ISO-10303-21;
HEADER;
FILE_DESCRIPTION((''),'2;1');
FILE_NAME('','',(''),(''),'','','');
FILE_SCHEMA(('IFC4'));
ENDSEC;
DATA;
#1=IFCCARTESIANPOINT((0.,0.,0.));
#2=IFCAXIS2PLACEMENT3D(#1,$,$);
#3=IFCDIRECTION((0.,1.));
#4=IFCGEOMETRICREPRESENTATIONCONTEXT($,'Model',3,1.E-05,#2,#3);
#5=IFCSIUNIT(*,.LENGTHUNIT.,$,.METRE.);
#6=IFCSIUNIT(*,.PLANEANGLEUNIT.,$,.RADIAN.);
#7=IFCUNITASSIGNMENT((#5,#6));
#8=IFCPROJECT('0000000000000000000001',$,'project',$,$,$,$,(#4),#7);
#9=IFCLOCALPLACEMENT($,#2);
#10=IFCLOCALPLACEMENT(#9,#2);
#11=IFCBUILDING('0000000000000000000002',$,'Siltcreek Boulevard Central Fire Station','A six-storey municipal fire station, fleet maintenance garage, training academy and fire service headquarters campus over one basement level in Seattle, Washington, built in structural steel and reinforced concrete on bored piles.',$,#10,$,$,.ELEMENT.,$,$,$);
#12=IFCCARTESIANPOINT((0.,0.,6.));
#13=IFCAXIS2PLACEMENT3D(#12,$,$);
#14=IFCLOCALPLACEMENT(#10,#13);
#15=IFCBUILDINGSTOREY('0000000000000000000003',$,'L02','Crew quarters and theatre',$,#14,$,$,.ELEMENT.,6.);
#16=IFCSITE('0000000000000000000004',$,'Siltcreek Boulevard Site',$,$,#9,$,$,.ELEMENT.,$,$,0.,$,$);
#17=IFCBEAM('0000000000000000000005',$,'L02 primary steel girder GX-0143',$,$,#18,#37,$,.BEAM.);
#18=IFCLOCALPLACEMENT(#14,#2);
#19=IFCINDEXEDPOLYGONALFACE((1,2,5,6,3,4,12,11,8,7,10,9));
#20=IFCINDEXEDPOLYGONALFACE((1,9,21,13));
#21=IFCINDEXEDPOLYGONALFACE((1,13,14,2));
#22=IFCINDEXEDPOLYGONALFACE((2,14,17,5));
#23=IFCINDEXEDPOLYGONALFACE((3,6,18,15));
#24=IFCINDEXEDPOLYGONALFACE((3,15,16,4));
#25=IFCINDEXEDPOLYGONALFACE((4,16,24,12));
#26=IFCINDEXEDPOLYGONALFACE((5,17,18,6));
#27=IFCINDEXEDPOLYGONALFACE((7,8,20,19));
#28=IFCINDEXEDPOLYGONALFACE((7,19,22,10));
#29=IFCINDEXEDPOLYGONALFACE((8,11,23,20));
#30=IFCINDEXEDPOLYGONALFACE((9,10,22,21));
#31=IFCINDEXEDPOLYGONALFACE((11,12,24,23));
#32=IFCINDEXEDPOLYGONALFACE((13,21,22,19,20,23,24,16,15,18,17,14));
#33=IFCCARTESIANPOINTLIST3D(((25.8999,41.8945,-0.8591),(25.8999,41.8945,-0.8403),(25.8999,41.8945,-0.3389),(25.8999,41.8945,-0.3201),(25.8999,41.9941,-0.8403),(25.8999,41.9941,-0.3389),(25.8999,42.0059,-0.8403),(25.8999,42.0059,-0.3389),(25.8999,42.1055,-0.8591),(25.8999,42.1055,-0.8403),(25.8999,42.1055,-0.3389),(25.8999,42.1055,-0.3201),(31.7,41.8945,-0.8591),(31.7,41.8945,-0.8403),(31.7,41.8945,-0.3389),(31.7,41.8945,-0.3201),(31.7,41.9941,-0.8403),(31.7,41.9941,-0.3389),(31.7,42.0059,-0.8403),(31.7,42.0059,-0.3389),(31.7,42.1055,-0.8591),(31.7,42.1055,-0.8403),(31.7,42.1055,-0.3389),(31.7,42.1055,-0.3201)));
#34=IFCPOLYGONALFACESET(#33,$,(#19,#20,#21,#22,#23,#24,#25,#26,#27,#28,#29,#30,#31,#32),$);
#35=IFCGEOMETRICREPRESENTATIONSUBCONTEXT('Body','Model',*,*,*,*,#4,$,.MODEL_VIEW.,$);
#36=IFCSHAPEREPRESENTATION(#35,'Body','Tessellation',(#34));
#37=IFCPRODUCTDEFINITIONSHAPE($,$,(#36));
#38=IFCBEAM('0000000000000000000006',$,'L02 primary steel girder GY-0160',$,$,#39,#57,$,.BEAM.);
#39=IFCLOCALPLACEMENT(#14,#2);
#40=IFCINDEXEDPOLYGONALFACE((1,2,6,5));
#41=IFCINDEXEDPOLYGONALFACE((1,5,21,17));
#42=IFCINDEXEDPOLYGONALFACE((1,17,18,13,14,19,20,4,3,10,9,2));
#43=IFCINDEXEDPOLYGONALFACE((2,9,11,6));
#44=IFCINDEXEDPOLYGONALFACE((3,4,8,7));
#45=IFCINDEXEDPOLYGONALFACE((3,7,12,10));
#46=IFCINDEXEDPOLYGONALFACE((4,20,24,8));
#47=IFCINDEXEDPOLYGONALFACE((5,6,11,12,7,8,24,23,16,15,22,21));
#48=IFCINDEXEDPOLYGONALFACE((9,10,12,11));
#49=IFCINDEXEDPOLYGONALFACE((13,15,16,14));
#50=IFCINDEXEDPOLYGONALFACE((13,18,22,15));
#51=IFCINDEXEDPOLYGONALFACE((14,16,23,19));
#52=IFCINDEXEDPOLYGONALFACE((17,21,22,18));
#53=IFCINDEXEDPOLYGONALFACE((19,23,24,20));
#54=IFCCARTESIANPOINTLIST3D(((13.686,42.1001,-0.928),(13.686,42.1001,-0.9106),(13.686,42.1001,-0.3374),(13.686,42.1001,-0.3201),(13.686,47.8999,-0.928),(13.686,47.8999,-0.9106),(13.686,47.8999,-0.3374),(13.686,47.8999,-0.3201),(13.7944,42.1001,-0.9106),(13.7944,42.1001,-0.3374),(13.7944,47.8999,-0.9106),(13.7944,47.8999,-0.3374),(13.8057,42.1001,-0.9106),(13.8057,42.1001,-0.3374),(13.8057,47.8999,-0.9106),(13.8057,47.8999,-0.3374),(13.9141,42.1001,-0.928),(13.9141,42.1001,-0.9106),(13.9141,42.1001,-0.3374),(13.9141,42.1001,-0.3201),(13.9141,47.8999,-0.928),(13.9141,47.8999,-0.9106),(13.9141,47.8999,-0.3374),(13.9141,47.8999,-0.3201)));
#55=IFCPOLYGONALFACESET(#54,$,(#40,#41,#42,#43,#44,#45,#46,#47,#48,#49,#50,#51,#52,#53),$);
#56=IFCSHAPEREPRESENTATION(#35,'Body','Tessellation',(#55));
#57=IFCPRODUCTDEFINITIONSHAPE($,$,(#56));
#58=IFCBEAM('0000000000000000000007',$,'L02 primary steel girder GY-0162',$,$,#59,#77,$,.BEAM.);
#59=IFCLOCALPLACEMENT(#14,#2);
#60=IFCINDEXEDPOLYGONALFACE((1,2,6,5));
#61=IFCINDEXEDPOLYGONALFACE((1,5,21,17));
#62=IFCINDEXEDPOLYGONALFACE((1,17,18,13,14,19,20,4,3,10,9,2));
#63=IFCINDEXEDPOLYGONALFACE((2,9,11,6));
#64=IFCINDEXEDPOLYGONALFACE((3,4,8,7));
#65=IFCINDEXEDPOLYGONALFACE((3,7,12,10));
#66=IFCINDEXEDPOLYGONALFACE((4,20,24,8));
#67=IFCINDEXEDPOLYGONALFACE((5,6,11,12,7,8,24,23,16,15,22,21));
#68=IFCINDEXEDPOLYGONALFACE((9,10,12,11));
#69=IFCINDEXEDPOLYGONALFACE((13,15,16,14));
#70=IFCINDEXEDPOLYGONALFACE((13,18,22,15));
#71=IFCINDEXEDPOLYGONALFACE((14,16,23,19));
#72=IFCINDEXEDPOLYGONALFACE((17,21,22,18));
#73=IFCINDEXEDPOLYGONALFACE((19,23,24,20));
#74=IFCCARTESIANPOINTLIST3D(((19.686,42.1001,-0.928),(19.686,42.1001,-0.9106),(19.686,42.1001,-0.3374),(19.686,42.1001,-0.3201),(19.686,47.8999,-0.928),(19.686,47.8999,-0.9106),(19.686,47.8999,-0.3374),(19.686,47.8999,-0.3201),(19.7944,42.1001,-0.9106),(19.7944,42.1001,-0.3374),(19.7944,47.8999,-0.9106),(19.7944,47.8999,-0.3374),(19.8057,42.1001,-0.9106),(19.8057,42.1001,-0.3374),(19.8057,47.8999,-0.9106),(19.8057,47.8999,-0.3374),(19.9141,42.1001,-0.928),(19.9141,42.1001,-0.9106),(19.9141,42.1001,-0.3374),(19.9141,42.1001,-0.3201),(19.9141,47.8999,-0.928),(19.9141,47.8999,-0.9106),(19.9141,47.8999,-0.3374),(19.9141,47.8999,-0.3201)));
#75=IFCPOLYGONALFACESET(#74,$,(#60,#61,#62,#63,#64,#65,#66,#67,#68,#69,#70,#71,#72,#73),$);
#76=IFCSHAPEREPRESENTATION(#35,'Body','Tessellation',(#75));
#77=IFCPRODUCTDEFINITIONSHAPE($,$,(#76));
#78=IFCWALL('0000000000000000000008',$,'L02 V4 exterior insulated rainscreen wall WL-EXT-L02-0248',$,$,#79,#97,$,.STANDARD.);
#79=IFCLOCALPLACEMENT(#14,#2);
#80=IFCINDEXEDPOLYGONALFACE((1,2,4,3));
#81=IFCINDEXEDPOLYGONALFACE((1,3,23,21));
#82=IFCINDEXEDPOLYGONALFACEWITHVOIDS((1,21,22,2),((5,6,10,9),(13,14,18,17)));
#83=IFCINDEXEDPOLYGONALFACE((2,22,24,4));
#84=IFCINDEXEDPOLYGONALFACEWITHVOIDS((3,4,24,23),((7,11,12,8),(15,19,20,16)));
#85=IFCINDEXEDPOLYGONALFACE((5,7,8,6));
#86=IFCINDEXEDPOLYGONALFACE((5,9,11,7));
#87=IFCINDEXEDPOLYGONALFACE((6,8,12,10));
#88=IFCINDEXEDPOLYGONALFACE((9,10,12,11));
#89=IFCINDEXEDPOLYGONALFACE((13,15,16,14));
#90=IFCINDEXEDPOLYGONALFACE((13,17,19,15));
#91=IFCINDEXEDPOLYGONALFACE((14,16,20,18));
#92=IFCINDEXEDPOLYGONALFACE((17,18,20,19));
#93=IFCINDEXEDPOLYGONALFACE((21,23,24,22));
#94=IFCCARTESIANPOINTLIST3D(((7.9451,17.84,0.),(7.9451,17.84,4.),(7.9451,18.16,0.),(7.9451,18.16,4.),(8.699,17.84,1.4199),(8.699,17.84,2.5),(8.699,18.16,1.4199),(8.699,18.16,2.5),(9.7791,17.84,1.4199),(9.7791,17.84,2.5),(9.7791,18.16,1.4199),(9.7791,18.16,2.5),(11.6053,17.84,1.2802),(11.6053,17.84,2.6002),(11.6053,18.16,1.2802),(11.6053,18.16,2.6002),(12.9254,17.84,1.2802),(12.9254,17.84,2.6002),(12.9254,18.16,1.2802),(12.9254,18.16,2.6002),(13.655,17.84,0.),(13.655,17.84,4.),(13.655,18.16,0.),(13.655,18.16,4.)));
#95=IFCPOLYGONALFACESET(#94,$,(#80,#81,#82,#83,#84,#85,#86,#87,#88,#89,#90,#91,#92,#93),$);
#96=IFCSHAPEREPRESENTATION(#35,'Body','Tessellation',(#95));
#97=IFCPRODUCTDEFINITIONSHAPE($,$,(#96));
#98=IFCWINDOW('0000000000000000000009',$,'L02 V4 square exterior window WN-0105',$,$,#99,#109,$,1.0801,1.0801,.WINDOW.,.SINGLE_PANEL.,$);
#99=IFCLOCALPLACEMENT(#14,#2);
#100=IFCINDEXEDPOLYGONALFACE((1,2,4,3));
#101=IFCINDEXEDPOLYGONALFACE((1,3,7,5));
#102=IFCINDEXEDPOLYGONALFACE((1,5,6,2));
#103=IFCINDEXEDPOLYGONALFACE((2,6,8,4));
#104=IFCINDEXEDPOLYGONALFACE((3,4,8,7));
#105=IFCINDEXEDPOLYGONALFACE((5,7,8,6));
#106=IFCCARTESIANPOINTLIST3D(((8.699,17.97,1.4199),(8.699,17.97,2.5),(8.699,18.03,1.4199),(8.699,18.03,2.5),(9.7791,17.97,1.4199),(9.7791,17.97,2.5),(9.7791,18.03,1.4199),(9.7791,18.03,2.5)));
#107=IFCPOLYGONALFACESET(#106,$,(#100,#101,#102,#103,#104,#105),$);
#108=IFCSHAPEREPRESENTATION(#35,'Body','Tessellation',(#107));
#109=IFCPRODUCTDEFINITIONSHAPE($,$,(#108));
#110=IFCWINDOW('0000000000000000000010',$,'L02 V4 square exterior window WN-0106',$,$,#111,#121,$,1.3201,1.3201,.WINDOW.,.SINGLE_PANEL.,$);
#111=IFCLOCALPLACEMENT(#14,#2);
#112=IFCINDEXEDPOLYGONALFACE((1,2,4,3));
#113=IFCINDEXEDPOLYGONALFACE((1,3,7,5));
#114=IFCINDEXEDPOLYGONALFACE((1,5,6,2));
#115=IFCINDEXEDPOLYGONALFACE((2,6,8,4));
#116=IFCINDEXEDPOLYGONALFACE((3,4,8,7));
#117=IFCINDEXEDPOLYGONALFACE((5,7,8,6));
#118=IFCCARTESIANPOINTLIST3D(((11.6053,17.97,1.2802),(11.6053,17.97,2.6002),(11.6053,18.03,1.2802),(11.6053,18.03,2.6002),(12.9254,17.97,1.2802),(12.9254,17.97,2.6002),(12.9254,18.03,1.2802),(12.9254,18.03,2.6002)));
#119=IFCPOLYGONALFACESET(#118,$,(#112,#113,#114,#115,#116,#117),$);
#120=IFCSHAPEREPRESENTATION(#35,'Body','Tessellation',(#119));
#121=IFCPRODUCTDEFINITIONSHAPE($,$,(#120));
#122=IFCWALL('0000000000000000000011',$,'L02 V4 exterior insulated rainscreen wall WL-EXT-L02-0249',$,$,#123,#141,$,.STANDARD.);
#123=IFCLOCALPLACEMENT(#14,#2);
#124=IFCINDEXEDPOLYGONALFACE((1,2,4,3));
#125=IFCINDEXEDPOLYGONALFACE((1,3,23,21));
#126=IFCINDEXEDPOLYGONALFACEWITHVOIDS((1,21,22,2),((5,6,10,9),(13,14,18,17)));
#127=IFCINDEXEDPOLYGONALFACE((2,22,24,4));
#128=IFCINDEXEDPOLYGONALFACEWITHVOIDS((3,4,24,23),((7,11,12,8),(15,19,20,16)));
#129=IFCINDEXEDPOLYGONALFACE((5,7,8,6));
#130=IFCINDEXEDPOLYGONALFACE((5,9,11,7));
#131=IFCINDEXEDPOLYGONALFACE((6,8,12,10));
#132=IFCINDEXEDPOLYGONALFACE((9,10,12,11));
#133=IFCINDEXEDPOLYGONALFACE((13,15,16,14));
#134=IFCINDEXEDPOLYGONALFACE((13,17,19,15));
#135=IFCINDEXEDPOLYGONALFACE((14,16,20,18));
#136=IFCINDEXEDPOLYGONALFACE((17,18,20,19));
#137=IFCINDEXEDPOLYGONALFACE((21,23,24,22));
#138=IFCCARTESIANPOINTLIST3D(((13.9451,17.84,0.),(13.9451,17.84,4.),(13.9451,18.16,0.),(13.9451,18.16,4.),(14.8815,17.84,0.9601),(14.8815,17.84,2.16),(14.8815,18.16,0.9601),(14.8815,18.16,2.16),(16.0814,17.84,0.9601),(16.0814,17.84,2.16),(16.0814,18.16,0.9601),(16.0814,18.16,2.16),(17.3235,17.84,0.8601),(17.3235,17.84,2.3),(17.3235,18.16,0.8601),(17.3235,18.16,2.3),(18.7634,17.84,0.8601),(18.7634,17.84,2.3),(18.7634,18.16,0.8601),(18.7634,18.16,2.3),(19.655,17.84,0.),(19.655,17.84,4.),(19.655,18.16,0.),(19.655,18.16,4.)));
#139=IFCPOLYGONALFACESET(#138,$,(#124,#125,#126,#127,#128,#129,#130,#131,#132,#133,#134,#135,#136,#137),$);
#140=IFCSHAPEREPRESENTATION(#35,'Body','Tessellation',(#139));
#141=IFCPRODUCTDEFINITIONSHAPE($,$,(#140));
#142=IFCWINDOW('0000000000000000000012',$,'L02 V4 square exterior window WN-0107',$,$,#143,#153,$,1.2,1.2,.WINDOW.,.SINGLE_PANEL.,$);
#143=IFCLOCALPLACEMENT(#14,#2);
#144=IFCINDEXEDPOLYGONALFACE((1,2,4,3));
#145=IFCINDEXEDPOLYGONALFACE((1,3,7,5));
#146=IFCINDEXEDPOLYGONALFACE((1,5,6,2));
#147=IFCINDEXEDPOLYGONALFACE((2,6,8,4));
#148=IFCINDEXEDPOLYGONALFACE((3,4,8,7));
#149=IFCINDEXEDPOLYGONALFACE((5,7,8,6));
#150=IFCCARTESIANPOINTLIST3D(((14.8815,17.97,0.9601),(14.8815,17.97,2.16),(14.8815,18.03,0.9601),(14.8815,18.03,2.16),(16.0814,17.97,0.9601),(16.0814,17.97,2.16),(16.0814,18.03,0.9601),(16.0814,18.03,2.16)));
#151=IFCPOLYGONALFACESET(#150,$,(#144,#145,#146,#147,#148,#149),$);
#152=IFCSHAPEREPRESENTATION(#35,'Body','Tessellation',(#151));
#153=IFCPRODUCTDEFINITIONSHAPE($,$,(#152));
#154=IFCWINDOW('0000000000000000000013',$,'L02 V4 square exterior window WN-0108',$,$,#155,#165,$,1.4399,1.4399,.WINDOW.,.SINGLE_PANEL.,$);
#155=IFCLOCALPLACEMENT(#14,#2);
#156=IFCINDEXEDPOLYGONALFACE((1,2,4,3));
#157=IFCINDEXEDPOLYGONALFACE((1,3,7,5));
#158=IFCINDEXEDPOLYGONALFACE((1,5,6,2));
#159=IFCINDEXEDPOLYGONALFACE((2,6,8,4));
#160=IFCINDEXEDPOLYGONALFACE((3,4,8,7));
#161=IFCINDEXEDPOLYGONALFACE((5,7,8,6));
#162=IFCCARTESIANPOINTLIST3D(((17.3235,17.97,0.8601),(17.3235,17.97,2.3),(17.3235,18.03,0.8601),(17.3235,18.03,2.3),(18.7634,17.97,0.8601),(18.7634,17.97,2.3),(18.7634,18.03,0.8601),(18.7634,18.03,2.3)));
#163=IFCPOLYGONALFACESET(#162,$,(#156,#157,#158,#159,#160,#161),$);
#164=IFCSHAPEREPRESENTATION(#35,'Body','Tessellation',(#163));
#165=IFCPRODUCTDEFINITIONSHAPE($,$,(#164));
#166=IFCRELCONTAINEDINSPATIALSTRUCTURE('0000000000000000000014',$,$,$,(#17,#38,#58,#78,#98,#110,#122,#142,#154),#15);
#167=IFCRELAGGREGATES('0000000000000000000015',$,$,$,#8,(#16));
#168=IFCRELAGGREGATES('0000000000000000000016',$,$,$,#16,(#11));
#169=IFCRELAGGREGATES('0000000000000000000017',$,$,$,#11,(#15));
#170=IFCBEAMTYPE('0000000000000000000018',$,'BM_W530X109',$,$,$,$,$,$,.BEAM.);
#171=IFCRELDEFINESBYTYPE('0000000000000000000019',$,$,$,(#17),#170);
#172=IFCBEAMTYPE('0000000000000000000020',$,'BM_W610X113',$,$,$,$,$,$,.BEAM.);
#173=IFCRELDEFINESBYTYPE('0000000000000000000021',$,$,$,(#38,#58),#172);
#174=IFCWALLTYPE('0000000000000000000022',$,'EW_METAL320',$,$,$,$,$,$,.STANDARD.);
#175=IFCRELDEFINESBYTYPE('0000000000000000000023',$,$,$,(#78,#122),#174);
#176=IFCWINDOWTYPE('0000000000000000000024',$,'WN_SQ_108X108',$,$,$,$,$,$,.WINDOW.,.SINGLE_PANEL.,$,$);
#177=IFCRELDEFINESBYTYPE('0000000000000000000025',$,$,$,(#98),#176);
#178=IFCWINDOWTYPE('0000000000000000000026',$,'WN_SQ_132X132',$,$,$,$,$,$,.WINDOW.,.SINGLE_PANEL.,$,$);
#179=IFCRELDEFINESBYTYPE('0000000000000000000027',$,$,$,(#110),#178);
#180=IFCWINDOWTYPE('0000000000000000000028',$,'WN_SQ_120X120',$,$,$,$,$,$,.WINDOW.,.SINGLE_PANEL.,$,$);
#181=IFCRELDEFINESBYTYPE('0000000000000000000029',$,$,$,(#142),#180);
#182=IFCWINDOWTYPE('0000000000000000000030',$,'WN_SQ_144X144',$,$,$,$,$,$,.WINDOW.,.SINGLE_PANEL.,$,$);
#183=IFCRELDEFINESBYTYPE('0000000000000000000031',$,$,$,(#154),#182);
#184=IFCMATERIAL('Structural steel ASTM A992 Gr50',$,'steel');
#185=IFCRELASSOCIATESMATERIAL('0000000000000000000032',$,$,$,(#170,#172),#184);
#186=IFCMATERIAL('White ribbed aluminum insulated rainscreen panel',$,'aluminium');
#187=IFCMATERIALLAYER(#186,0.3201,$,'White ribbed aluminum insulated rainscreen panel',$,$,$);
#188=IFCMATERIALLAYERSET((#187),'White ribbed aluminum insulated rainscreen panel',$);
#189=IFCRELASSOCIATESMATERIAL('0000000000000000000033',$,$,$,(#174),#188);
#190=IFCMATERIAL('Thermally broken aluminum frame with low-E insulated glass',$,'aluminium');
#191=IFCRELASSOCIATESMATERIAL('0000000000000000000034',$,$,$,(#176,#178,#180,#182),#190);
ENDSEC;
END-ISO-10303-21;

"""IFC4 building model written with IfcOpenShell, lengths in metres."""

from ifc_helpers import new_model, si_unit, direction, frame, frame_2d, origin, origin_2d, place, context, subcontext, project, spatial, rectangle, i_section, extrude, material, layer, layer_set, material_profile, profile_set, type_object, element, fill, save


model = new_model("IFC4")

# Units and contexts
model_context = context("Model", 3, precision=1e-05, world=origin(), true_north=direction((0.0, 1.0)))
body_context = subcontext(model_context, "Body", "Model", "MODEL_VIEW")
ifc_project = project(units=[si_unit("LENGTHUNIT", "METRE"), si_unit("PLANEANGLEUNIT", "RADIAN")], contexts=[model_context])

# Site, building, storey
site_placement = place(None, origin())
site = spatial("IfcSite", under=ifc_project, at=site_placement, Name="Siltcreek Boulevard Site", CompositionType="ELEMENT", RefElevation=0.0)
building_placement = place(site_placement, origin())
building = spatial("IfcBuilding", under=site, at=building_placement, Name="Siltcreek Boulevard Central Fire Station", Description="A six-storey municipal fire station, fleet maintenance garage, training academy and fire service headquarters campus over one basement level in Seattle, Washington, built in structural steel and reinforced concrete on bored piles.", CompositionType="ELEMENT")
storey_placement = place(building_placement, frame((0.0, 0.0, 6.0)))
storey = spatial("IfcBuildingStorey", under=building, at=storey_placement, Name="L02", Description="Crew quarters and theatre", CompositionType="ELEMENT", Elevation=6.0)

# Shared definitions
ifc_material_1 = material(Name="Structural steel ASTM A992 Gr50", Category="steel")

# Beams
ifc_material_profile_1 = material_profile(ifc_material_1, i_section(OverallWidth=0.2109, OverallDepth=0.5391, WebThickness=0.0117, FlangeThickness=0.0188, at=origin_2d()), Name="W530X109")
ifc_profile_set_1 = profile_set([ifc_material_profile_1], Name="Structural steel ASTM A992 Gr50")
beam_type_1 = type_object("IfcBeamType", Name="BM_W530X109", PredefinedType="BEAM", material=ifc_profile_set_1)
for number, where, z_axis, x_axis, name in (
    (1, (25.8999, 42.0, -0.5896), (1.0, 0.0, 0.0), (0.0, 1.0, 0.0), "L02 primary steel girder GX-0143"),
):
    element("IfcBeam", number, at=place(storey_placement, frame(where, z_axis=z_axis, x_axis=x_axis)), inside=storey, type_object=beam_type_1, Name=name, PredefinedType="BEAM", context=body_context, shape_type="SweptSolid", body=[
        extrude(i_section(OverallWidth=0.2109, OverallDepth=0.5391, WebThickness=0.0117, FlangeThickness=0.0188, at=origin_2d()), origin(), (0.0, 0.0, 1.0), 5.8),
    ])
ifc_material_profile_2 = material_profile(ifc_material_1, i_section(OverallWidth=0.228, OverallDepth=0.6079, WebThickness=0.0112, FlangeThickness=0.0173, at=origin_2d()), Name="W610X113")
ifc_profile_set_2 = profile_set([ifc_material_profile_2], Name="Structural steel ASTM A992 Gr50")
beam_type_2 = type_object("IfcBeamType", Name="BM_W610X113", PredefinedType="BEAM", material=ifc_profile_set_2)
for number, where, z_axis, x_axis, name in (
    (2, (13.8, 42.1001, -0.624), (0.0, 1.0, 0.0), (-1.0, 0.0, 0.0), "L02 primary steel girder GY-0160"),
    (3, (19.8, 42.1001, -0.624), (0.0, 1.0, 0.0), (-1.0, 0.0, 0.0), "L02 primary steel girder GY-0162"),
):
    element("IfcBeam", number, at=place(storey_placement, frame(where, z_axis=z_axis, x_axis=x_axis)), inside=storey, type_object=beam_type_2, Name=name, PredefinedType="BEAM", context=body_context, shape_type="SweptSolid", body=[
        extrude(i_section(OverallWidth=0.228, OverallDepth=0.6079, WebThickness=0.0112, FlangeThickness=0.0173, at=origin_2d()), origin(), (0.0, 0.0, 1.0), 5.7998),
    ])

# Walls, openings, windows
ifc_material_2 = material(Name="White ribbed aluminum insulated rainscreen panel", Category="aluminium")
ifc_layer_1 = layer(ifc_material_2, 0.3201, Name="White ribbed aluminum insulated rainscreen panel")
ifc_layer_set_1 = layer_set([ifc_layer_1], Name="White ribbed aluminum insulated rainscreen panel")
wall_type = type_object("IfcWallType", Name="EW_METAL320", PredefinedType="STANDARD", material=ifc_layer_set_1)
wall_1_placement = place(storey_placement, frame((7.9451, 18.0, 0.0), z_axis=(0.0, 0.0, 1.0), x_axis=(1.0, 0.0, 0.0)))
wall_1 = element("IfcWall", 4, at=wall_1_placement, inside=storey, type_object=wall_type, Name="L02 V4 exterior insulated rainscreen wall WL-EXT-L02-0248", PredefinedType="STANDARD", context=body_context, shape_type="SweptSolid", body=[
    extrude(rectangle(XDim=5.71, YDim=0.3201, at=frame_2d((2.855, 0.0))), origin(), (0.0, 0.0, 1.0), 4.0),
])
opening_1_placement = place(wall_1_placement, frame((0.7539, 0.0, 1.4199)))
opening_1 = element("IfcOpeningElement", 5, at=opening_1_placement, cuts=wall_1, PredefinedType="OPENING", context=body_context, shape_type="SweptSolid", body=[
    extrude(rectangle(XDim=1.0801, YDim=1.0801, at=frame_2d((0.54, 0.54))), frame((0.0, 0.1699, 0.0), z_axis=(0.0, -1.0, 0.0), x_axis=(1.0, 0.0, 0.0)), (0.0, 0.0, 1.0), 0.3401),
])
opening_2_placement = place(wall_1_placement, frame((3.6602, 0.0, 1.28)))
opening_2 = element("IfcOpeningElement", 6, at=opening_2_placement, cuts=wall_1, PredefinedType="OPENING", context=body_context, shape_type="SweptSolid", body=[
    extrude(rectangle(XDim=1.3201, YDim=1.3201, at=frame_2d((0.6602, 0.6602))), frame((0.0, 0.1699, 0.0), z_axis=(0.0, -1.0, 0.0), x_axis=(1.0, 0.0, 0.0)), (0.0, 0.0, 1.0), 0.3401),
])
ifc_material_3 = material(Name="Thermally broken aluminum frame with low-E insulated glass", Category="aluminium")
window_type_1 = type_object("IfcWindowType", Name="WN_SQ_108X108", PartitioningType="SINGLE_PANEL", PredefinedType="WINDOW", material=ifc_material_3)
window_1_placement = place(opening_1_placement, origin())
window_1 = element("IfcWindow", 7, at=window_1_placement, inside=storey, type_object=window_type_1, Name="L02 V4 square exterior window WN-0105", OverallHeight=1.0801, OverallWidth=1.0801, PartitioningType="SINGLE_PANEL", PredefinedType="WINDOW", context=body_context, shape_type="SweptSolid", body=[
    extrude(rectangle(XDim=1.0801, YDim=1.0801, at=frame_2d((0.54, 0.54))), frame((0.0, 0.03, 0.0), z_axis=(0.0, -1.0, 0.0), x_axis=(1.0, 0.0, 0.0)), (0.0, 0.0, 1.0), 0.0601),
])
fill(opening_1, window_1)
window_type_2 = type_object("IfcWindowType", Name="WN_SQ_132X132", PartitioningType="SINGLE_PANEL", PredefinedType="WINDOW", material=ifc_material_3)
window_2_placement = place(opening_2_placement, origin())
window_2 = element("IfcWindow", 8, at=window_2_placement, inside=storey, type_object=window_type_2, Name="L02 V4 square exterior window WN-0106", OverallHeight=1.3201, OverallWidth=1.3201, PartitioningType="SINGLE_PANEL", PredefinedType="WINDOW", context=body_context, shape_type="SweptSolid", body=[
    extrude(rectangle(XDim=1.3201, YDim=1.3201, at=frame_2d((0.6602, 0.6602))), frame((0.0, 0.03, 0.0), z_axis=(0.0, -1.0, 0.0), x_axis=(1.0, 0.0, 0.0)), (0.0, 0.0, 1.0), 0.0601),
])
fill(opening_2, window_2)
wall_2_placement = place(storey_placement, frame((13.9451, 18.0, 0.0), z_axis=(0.0, 0.0, 1.0), x_axis=(1.0, 0.0, 0.0)))
wall_2 = element("IfcWall", 9, at=wall_2_placement, inside=storey, type_object=wall_type, Name="L02 V4 exterior insulated rainscreen wall WL-EXT-L02-0249", PredefinedType="STANDARD", context=body_context, shape_type="SweptSolid", body=[
    extrude(rectangle(XDim=5.71, YDim=0.3201, at=frame_2d((2.855, 0.0))), origin(), (0.0, 0.0, 1.0), 4.0),
])
opening_3_placement = place(wall_2_placement, frame((0.9363, 0.0, 0.96)))
opening_3 = element("IfcOpeningElement", 10, at=opening_3_placement, cuts=wall_2, PredefinedType="OPENING", context=body_context, shape_type="SweptSolid", body=[
    extrude(rectangle(XDim=1.2, YDim=1.2, at=frame_2d((0.6001, 0.6001))), frame((0.0, 0.1699, 0.0), z_axis=(0.0, -1.0, 0.0), x_axis=(1.0, 0.0, 0.0)), (0.0, 0.0, 1.0), 0.3401),
])
opening_4_placement = place(wall_2_placement, frame((3.3784, 0.0, 0.8601)))
opening_4 = element("IfcOpeningElement", 11, at=opening_4_placement, cuts=wall_2, PredefinedType="OPENING", context=body_context, shape_type="SweptSolid", body=[
    extrude(rectangle(XDim=1.4399, YDim=1.4399, at=frame_2d((0.72, 0.72))), frame((0.0, 0.1699, 0.0), z_axis=(0.0, -1.0, 0.0), x_axis=(1.0, 0.0, 0.0)), (0.0, 0.0, 1.0), 0.3401),
])
window_type_3 = type_object("IfcWindowType", Name="WN_SQ_120X120", PartitioningType="SINGLE_PANEL", PredefinedType="WINDOW", material=ifc_material_3)
window_3_placement = place(opening_3_placement, origin())
window_3 = element("IfcWindow", 12, at=window_3_placement, inside=storey, type_object=window_type_3, Name="L02 V4 square exterior window WN-0107", OverallHeight=1.2, OverallWidth=1.2, PartitioningType="SINGLE_PANEL", PredefinedType="WINDOW", context=body_context, shape_type="SweptSolid", body=[
    extrude(rectangle(XDim=1.2, YDim=1.2, at=frame_2d((0.6001, 0.6001))), frame((0.0, 0.03, 0.0), z_axis=(0.0, -1.0, 0.0), x_axis=(1.0, 0.0, 0.0)), (0.0, 0.0, 1.0), 0.0601),
])
fill(opening_3, window_3)
window_type_4 = type_object("IfcWindowType", Name="WN_SQ_144X144", PartitioningType="SINGLE_PANEL", PredefinedType="WINDOW", material=ifc_material_3)
window_4_placement = place(opening_4_placement, origin())
window_4 = element("IfcWindow", 13, at=window_4_placement, inside=storey, type_object=window_type_4, Name="L02 V4 square exterior window WN-0108", OverallHeight=1.4399, OverallWidth=1.4399, PartitioningType="SINGLE_PANEL", PredefinedType="WINDOW", context=body_context, shape_type="SweptSolid", body=[
    extrude(rectangle(XDim=1.4399, YDim=1.4399, at=frame_2d((0.72, 0.72))), frame((0.0, 0.03, 0.0), z_axis=(0.0, -1.0, 0.0), x_axis=(1.0, 0.0, 0.0)), (0.0, 0.0, 1.0), 0.0601),
])
fill(opening_4, window_4)

save(model, "model.ifc")
